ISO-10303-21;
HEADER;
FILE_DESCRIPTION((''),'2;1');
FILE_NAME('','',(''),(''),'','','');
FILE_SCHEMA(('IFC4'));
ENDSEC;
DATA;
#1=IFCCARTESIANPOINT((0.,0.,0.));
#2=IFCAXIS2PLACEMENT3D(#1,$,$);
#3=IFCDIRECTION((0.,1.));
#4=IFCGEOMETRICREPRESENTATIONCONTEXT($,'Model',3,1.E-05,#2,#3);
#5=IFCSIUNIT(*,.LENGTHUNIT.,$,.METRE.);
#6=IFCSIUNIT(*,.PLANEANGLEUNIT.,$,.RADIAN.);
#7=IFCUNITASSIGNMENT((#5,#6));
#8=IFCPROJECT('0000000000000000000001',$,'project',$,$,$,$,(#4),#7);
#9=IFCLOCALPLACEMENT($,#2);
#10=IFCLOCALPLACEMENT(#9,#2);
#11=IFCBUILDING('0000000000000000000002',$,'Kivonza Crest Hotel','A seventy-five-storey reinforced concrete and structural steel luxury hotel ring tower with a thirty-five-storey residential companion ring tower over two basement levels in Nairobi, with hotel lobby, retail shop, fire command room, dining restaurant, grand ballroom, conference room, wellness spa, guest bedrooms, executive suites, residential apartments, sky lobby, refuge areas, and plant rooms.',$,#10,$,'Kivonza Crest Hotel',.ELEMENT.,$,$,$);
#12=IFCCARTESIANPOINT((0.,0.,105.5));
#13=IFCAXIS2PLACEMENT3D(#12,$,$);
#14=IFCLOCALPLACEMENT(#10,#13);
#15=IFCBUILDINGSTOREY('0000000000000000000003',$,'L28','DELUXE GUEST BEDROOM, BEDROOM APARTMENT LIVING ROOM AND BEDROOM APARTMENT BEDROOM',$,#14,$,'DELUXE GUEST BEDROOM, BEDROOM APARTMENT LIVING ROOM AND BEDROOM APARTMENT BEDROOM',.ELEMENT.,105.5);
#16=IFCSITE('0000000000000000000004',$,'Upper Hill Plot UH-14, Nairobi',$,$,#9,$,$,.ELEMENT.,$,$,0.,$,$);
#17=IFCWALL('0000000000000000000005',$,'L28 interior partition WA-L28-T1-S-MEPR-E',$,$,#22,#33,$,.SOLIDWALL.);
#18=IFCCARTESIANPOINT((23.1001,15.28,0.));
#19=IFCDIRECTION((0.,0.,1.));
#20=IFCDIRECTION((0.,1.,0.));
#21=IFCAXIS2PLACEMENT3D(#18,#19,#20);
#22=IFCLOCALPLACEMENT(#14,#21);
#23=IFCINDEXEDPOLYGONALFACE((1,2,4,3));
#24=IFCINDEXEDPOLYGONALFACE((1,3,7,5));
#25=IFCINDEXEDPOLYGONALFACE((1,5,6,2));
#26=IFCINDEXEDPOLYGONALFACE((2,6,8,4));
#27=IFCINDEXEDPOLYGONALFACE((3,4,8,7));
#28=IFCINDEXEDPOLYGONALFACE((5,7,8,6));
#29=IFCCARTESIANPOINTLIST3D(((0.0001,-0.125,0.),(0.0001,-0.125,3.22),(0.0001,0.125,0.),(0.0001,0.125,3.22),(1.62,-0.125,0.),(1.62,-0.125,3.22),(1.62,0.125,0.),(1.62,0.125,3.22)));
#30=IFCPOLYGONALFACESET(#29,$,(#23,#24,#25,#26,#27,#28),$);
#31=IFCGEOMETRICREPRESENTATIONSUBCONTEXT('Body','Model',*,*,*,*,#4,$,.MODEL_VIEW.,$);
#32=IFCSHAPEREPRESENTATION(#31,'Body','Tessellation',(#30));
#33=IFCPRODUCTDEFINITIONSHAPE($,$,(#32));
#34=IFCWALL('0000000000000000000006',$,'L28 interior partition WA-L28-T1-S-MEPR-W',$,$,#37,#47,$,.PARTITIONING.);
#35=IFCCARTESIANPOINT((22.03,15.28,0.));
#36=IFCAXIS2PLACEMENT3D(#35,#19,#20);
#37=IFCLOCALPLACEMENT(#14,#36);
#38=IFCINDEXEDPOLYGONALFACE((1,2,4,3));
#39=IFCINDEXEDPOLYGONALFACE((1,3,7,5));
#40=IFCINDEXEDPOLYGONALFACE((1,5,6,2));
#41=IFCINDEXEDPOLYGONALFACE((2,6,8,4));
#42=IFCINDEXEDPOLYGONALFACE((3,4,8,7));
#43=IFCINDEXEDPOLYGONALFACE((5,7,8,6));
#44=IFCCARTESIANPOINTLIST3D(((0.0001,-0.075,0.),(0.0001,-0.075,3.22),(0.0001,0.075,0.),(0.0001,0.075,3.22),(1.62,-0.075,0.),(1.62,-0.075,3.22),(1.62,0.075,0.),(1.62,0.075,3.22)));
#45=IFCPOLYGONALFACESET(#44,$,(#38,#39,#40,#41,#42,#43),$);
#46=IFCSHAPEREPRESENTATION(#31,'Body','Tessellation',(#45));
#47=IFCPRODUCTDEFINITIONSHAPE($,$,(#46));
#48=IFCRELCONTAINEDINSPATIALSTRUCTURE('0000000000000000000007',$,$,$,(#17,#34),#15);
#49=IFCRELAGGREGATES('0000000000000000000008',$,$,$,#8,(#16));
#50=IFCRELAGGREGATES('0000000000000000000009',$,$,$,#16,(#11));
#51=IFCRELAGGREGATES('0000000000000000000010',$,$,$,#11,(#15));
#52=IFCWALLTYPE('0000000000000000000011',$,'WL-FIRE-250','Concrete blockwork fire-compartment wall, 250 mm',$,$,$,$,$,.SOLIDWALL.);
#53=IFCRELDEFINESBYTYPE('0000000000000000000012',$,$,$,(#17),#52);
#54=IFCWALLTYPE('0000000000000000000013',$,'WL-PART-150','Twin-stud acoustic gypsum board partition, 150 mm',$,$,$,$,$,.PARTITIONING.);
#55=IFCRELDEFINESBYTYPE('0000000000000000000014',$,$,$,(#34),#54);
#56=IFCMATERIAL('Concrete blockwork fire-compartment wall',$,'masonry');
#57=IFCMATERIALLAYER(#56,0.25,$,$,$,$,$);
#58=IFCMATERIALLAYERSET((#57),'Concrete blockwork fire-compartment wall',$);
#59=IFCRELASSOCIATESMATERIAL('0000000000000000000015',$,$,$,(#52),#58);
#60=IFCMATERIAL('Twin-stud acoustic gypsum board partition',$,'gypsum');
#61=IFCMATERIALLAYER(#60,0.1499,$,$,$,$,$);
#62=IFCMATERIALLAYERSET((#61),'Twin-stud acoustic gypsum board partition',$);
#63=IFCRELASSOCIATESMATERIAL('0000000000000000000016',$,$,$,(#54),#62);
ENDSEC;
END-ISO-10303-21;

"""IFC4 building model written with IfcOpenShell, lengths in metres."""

from ifc_helpers import new_model, si_unit, direction, frame, frame_2d, origin, place, context, subcontext, project, spatial, rectangle, extrude, material, layer, layer_set, type_object, element, save


model = new_model("IFC4")

# Units and contexts
model_context = context("Model", 3, precision=1e-05, world=origin(), true_north=direction((0.0, 1.0)))
body_context = subcontext(model_context, "Body", "Model", "MODEL_VIEW")
ifc_project = project(units=[si_unit("LENGTHUNIT", "METRE"), si_unit("PLANEANGLEUNIT", "RADIAN")], contexts=[model_context])

# Site, building, storey
site_placement = place(None, origin())
site = spatial("IfcSite", under=ifc_project, at=site_placement, Name="Upper Hill Plot UH-14, Nairobi", CompositionType="ELEMENT", RefElevation=0.0)
building_placement = place(site_placement, origin())
building = spatial("IfcBuilding", under=site, at=building_placement, Name="Kivonza Crest Hotel", Description="A seventy-five-storey reinforced concrete and structural steel luxury hotel ring tower with a thirty-five-storey residential companion ring tower over two basement levels in Nairobi, with hotel lobby, retail shop, fire command room, dining restaurant, grand ballroom, conference room, wellness spa, guest bedrooms, executive suites, residential apartments, sky lobby, refuge areas, and plant rooms.", LongName="Kivonza Crest Hotel", CompositionType="ELEMENT")
storey_placement = place(building_placement, frame((0.0, 0.0, 105.5)))
storey = spatial("IfcBuildingStorey", under=building, at=storey_placement, Name="L28", Description="DELUXE GUEST BEDROOM, BEDROOM APARTMENT LIVING ROOM AND BEDROOM APARTMENT BEDROOM", LongName="DELUXE GUEST BEDROOM, BEDROOM APARTMENT LIVING ROOM AND BEDROOM APARTMENT BEDROOM", CompositionType="ELEMENT", Elevation=105.5)

# Wall
ifc_material_1 = material(Name="Concrete blockwork fire-compartment wall", Category="masonry")
ifc_layer_1 = layer(ifc_material_1, 0.25)
ifc_layer_set_1 = layer_set([ifc_layer_1], Name="Concrete blockwork fire-compartment wall")
wall_type_1 = type_object("IfcWallType", Name="WL-FIRE-250", Description="Concrete blockwork fire-compartment wall, 250 mm", PredefinedType="SOLIDWALL", material=ifc_layer_set_1)
wall_1_placement = place(storey_placement, frame((23.1001, 15.28, 0.0), z_axis=(0.0, 0.0, 1.0), x_axis=(0.0, 1.0, 0.0)))
element("IfcWall", 1, at=wall_1_placement, inside=storey, type_object=wall_type_1, Name="L28 interior partition WA-L28-T1-S-MEPR-E", PredefinedType="SOLIDWALL", context=body_context, shape_type="SweptSolid", body=[
    extrude(rectangle(XDim=1.6199, YDim=0.25, at=frame_2d((0.8101, 0.0))), origin(), (0.0, 0.0, 1.0), 3.22),
])

# Wall
ifc_material_2 = material(Name="Twin-stud acoustic gypsum board partition", Category="gypsum")
ifc_layer_2 = layer(ifc_material_2, 0.1499)
ifc_layer_set_2 = layer_set([ifc_layer_2], Name="Twin-stud acoustic gypsum board partition")
wall_type_2 = type_object("IfcWallType", Name="WL-PART-150", Description="Twin-stud acoustic gypsum board partition, 150 mm", PredefinedType="PARTITIONING", material=ifc_layer_set_2)
wall_2_placement = place(storey_placement, frame((22.03, 15.28, 0.0), z_axis=(0.0, 0.0, 1.0), x_axis=(0.0, 1.0, 0.0)))
element("IfcWall", 2, at=wall_2_placement, inside=storey, type_object=wall_type_2, Name="L28 interior partition WA-L28-T1-S-MEPR-W", PredefinedType="PARTITIONING", context=body_context, shape_type="SweptSolid", body=[
    extrude(rectangle(XDim=1.6199, YDim=0.1499, at=frame_2d((0.8101, 0.0))), origin(), (0.0, 0.0, 1.0), 3.22),
])

save(model, "model.ifc")
